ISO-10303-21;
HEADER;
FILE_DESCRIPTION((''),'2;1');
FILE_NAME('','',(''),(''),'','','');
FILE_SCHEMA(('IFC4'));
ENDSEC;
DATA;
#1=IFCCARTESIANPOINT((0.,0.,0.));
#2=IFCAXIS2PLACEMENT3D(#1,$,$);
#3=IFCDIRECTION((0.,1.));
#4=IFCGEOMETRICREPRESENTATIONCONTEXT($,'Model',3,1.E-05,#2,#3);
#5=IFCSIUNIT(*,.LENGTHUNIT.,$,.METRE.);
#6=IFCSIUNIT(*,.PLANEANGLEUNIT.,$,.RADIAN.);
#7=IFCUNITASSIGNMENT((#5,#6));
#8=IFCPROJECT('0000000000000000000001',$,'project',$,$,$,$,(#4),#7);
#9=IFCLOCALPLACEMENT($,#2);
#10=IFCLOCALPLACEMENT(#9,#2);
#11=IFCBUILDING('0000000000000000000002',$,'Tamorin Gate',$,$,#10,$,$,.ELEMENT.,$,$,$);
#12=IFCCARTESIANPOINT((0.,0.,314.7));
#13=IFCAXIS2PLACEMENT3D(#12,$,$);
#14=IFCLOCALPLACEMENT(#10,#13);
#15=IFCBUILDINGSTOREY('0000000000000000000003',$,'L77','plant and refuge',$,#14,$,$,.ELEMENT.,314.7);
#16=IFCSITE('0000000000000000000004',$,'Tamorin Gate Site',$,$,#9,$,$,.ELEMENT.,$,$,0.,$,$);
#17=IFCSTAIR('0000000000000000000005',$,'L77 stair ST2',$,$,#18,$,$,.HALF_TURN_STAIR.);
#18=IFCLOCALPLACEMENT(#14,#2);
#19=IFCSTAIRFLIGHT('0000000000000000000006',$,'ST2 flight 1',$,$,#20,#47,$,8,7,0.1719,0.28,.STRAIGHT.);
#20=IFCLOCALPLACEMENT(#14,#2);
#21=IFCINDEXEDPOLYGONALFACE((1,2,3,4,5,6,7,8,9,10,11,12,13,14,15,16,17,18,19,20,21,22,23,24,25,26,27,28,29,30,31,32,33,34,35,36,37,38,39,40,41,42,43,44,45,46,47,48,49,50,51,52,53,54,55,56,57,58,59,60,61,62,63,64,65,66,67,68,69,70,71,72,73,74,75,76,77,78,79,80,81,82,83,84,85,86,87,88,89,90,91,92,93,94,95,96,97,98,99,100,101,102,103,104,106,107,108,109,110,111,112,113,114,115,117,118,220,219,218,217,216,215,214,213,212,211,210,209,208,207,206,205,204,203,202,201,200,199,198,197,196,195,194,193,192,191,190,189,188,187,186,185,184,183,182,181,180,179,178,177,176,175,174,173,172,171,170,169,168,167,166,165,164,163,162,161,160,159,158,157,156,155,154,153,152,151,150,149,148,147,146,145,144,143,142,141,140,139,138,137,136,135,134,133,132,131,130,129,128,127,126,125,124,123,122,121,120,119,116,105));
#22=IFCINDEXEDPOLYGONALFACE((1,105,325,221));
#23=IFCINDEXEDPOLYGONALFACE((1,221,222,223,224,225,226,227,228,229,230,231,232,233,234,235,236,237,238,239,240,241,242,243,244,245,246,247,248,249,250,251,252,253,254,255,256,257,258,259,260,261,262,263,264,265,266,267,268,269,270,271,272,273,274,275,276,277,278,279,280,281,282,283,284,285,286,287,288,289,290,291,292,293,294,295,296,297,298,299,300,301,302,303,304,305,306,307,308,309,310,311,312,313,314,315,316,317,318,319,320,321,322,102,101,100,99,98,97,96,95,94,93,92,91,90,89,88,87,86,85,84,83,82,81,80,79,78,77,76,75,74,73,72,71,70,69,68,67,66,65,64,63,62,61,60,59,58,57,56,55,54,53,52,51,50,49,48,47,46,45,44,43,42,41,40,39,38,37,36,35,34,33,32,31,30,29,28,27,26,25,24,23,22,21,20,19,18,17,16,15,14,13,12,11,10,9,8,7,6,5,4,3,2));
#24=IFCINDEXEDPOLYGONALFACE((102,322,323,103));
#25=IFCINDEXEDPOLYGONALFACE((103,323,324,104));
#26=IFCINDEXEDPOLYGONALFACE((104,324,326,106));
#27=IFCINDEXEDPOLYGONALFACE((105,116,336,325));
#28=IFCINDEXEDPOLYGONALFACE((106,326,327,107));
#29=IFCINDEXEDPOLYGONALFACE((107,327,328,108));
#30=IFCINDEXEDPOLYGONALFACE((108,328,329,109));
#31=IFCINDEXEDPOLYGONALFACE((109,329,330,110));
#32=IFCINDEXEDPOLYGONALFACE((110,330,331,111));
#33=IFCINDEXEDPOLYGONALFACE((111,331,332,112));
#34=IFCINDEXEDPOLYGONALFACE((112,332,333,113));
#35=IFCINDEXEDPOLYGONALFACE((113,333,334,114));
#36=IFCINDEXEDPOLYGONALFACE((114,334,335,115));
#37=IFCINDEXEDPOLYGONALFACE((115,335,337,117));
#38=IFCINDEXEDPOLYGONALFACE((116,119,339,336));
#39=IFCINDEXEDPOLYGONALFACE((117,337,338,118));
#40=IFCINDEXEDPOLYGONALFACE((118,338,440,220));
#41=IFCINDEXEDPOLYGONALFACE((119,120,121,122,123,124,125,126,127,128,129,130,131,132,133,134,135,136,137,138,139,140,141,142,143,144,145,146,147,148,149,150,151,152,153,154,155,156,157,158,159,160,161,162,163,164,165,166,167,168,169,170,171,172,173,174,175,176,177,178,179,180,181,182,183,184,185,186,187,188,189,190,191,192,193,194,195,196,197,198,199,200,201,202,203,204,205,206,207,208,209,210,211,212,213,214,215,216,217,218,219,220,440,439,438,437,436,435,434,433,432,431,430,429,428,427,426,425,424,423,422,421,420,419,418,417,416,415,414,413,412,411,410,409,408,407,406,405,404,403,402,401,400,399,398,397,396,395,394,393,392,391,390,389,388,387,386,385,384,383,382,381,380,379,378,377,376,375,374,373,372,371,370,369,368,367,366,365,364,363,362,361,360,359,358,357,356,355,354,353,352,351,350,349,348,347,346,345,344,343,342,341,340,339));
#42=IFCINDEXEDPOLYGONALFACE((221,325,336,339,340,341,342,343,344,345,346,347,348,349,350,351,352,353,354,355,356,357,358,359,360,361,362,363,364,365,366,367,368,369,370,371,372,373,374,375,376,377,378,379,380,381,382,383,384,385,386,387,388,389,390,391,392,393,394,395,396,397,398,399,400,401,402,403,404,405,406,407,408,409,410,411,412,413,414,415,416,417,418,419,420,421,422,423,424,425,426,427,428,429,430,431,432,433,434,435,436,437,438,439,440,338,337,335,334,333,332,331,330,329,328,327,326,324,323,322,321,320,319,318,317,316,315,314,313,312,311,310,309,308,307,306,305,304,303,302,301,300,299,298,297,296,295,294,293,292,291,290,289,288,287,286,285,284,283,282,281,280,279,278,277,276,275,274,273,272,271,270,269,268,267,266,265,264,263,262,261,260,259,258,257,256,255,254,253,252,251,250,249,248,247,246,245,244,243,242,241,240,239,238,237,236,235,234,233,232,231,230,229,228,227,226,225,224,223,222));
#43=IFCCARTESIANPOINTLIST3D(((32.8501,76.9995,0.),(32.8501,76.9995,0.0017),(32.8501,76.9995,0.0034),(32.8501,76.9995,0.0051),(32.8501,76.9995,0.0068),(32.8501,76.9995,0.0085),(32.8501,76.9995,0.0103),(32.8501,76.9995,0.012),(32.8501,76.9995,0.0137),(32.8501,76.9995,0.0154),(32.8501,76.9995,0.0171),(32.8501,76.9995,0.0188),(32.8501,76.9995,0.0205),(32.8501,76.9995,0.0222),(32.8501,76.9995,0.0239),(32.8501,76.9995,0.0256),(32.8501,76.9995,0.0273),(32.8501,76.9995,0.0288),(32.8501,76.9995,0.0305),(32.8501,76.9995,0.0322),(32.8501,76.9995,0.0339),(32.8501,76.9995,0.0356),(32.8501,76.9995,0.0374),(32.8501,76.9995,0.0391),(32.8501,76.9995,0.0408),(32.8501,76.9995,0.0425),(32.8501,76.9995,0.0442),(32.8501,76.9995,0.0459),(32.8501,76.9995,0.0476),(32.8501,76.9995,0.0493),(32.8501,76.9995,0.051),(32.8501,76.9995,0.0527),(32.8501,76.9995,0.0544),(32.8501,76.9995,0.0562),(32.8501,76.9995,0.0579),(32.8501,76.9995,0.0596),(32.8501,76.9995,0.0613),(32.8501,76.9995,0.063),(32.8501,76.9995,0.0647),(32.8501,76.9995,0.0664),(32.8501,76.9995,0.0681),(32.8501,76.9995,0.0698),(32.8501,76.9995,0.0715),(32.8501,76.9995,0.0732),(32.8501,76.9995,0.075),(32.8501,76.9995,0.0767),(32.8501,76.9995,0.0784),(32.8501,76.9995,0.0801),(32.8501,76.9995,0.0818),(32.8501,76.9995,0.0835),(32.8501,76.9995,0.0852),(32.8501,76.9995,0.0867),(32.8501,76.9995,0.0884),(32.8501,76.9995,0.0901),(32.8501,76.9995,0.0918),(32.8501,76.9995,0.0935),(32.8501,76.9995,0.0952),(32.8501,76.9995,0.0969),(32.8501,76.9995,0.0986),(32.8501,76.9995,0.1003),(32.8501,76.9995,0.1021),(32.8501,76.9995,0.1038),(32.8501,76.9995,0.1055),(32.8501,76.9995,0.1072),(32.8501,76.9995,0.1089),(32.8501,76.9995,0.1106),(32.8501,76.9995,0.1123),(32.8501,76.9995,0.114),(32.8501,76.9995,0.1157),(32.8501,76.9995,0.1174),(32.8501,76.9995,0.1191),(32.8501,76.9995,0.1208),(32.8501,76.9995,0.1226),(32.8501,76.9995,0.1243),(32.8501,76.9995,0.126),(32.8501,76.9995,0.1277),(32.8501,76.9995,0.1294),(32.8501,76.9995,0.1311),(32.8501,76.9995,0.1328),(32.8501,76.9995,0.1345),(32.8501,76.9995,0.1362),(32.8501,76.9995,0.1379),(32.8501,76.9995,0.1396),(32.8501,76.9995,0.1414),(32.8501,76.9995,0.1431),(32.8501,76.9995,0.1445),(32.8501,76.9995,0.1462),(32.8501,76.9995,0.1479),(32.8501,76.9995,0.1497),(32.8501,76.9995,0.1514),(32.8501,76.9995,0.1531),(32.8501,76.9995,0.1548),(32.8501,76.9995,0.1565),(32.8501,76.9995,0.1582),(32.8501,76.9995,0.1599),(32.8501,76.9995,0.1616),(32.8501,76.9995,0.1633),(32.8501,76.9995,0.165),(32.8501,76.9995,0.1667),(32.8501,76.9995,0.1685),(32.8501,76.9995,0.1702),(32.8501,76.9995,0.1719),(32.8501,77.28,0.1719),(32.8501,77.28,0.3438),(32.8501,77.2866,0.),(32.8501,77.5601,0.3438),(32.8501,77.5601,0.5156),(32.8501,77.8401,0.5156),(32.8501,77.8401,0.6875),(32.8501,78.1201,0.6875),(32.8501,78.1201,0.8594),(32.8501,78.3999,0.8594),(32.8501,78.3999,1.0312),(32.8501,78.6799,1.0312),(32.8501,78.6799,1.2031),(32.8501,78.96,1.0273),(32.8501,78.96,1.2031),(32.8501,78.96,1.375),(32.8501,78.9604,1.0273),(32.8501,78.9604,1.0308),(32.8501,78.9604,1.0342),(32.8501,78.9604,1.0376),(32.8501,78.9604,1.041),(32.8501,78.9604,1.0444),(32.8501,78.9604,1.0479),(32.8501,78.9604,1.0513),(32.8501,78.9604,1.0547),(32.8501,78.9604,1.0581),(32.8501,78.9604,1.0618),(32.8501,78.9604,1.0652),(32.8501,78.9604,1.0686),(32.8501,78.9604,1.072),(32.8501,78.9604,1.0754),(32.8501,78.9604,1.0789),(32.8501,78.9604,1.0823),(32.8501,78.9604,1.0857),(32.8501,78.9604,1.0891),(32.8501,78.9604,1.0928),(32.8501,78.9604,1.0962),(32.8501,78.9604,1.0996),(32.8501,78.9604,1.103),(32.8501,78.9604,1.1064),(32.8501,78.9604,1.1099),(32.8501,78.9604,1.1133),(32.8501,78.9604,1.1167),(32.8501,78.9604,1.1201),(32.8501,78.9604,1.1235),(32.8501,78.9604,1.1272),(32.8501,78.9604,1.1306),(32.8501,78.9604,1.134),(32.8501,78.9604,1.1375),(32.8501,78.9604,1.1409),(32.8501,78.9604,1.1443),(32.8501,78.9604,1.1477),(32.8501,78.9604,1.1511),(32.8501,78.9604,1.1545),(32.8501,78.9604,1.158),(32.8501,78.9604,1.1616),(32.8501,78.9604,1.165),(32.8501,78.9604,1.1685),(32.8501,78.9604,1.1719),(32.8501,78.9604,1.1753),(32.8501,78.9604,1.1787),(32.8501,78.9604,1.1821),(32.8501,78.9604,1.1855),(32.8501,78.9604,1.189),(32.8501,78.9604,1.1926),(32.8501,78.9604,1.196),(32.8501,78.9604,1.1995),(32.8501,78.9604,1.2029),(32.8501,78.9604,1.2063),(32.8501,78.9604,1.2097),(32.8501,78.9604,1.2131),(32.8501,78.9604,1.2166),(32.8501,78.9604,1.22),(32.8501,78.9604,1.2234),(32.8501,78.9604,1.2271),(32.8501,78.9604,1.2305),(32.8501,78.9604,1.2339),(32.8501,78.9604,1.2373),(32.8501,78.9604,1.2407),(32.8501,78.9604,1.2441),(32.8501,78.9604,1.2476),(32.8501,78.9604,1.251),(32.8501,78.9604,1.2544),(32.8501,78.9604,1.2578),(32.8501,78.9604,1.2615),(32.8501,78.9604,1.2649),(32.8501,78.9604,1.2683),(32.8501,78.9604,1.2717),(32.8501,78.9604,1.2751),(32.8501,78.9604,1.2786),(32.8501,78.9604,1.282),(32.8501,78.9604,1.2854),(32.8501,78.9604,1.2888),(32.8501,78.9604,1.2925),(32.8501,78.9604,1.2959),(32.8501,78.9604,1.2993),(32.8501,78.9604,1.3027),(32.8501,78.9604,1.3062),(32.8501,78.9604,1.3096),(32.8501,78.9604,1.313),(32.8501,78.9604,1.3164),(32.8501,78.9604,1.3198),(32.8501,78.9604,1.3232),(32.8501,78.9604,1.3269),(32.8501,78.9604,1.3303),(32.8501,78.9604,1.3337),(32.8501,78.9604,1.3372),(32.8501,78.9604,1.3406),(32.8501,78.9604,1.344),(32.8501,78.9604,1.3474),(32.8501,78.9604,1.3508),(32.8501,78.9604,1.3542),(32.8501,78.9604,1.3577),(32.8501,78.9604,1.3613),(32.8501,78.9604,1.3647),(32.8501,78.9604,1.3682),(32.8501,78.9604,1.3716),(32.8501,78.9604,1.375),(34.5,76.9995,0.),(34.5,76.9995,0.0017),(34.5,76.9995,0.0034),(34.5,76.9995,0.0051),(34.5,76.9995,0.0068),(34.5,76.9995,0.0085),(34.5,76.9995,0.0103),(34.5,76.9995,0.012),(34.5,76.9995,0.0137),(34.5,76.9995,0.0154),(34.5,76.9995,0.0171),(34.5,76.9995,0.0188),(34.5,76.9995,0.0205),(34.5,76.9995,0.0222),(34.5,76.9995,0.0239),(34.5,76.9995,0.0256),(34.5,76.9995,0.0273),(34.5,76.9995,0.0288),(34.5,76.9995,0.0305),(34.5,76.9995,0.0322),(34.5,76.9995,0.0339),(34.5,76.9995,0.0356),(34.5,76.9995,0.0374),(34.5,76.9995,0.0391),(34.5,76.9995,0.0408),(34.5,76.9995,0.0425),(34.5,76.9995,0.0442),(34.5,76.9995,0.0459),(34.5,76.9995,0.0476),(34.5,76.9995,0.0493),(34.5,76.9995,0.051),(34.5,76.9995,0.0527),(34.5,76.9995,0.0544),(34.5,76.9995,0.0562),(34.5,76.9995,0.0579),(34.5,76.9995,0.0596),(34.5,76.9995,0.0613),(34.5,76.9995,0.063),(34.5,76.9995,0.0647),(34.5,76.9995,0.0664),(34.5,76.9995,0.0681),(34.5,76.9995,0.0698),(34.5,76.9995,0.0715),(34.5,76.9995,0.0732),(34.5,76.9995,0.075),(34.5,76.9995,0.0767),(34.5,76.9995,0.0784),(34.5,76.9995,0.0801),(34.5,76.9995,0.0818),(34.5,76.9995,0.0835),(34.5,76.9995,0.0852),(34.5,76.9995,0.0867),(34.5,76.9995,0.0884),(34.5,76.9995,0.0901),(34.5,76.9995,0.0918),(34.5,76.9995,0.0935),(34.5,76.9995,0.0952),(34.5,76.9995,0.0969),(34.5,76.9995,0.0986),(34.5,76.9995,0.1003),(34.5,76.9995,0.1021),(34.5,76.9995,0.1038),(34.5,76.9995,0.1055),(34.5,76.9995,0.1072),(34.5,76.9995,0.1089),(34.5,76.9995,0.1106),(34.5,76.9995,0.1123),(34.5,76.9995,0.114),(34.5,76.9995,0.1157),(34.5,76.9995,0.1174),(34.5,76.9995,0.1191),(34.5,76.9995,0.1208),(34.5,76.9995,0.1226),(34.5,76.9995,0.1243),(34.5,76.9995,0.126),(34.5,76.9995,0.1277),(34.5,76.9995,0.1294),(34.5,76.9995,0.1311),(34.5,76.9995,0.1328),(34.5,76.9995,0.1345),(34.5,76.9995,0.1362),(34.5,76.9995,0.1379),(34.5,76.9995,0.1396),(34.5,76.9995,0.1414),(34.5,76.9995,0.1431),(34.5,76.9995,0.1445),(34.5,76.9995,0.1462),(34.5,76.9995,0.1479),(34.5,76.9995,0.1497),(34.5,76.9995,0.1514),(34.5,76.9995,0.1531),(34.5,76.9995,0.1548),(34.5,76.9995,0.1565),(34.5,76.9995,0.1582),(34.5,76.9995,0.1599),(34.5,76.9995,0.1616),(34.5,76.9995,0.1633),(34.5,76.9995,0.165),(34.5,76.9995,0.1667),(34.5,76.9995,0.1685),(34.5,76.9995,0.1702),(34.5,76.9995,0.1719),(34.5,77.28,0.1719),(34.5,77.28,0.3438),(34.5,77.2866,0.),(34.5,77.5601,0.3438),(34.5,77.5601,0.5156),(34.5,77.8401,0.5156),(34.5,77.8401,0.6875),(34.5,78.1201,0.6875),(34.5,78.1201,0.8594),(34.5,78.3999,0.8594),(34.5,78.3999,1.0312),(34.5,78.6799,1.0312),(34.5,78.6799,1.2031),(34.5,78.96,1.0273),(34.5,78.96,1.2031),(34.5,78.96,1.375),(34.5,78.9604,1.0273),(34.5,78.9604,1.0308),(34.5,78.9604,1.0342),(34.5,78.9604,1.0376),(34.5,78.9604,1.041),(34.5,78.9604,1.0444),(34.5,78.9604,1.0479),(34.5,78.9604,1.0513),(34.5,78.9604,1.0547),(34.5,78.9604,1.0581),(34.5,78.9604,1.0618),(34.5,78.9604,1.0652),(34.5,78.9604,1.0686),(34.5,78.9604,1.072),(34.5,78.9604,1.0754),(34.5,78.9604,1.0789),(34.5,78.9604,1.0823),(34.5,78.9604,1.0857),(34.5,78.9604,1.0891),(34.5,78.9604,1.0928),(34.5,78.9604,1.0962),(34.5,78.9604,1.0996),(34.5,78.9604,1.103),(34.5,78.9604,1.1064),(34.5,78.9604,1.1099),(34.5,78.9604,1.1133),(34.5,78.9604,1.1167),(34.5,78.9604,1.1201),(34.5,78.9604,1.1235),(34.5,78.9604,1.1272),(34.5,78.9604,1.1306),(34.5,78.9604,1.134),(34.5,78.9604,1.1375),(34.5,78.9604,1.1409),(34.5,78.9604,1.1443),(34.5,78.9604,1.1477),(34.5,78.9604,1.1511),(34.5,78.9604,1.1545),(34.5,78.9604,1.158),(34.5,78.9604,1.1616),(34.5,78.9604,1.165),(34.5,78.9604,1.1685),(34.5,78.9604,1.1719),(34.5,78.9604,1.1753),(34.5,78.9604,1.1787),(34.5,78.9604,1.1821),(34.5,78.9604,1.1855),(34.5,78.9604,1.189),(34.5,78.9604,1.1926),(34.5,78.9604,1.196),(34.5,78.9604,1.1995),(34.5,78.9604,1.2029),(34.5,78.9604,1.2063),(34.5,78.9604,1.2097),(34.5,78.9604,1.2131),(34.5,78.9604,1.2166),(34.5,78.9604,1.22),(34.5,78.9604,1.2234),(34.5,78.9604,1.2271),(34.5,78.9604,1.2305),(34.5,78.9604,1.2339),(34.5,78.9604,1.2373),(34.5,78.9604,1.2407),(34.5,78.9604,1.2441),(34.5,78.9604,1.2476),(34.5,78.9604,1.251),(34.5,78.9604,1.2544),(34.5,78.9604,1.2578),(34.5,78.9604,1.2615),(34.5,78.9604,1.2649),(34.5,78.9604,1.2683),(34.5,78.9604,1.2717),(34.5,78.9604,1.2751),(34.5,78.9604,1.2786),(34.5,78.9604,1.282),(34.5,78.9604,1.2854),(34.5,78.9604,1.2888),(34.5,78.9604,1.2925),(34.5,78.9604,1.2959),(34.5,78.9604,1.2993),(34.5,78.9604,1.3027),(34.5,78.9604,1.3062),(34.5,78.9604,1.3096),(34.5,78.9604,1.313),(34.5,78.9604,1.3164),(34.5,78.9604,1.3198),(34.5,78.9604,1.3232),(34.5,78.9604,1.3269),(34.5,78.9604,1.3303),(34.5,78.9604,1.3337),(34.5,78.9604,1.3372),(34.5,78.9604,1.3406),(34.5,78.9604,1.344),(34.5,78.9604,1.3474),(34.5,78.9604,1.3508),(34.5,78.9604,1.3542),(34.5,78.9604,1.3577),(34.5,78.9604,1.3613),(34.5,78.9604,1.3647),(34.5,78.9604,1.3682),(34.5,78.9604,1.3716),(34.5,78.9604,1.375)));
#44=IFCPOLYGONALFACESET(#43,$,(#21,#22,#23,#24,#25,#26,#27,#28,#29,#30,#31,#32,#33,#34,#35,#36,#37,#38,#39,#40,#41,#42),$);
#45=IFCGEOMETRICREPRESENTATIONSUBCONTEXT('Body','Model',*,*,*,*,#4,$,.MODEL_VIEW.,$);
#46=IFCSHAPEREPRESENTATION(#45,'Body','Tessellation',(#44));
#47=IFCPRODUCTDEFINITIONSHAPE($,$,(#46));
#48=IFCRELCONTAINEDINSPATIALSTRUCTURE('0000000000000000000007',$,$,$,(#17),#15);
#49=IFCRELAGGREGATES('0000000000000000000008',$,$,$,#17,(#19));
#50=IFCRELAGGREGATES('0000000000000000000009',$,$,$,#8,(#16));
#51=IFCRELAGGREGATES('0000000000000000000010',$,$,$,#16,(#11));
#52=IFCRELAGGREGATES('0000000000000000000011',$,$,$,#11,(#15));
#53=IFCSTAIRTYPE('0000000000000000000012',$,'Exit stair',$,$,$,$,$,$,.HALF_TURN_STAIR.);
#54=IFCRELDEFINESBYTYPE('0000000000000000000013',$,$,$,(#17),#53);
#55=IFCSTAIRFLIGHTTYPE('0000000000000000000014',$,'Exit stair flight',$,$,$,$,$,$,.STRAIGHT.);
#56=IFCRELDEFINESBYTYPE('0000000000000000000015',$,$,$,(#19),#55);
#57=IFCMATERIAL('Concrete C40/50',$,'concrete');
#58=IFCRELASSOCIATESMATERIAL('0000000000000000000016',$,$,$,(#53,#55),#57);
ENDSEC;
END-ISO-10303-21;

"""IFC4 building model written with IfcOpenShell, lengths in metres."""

from ifc_helpers import new_model, si_unit, direction, frame, origin, place, context, subcontext, project, spatial, polyline, outline, extrude, material, type_object, element, aggregate, save


model = new_model("IFC4")

# Units and contexts
model_context = context("Model", 3, precision=1e-05, world=origin(), true_north=direction((0.0, 1.0)))
body_context = subcontext(model_context, "Body", "Model", "MODEL_VIEW")
ifc_project = project(units=[si_unit("LENGTHUNIT", "METRE"), si_unit("PLANEANGLEUNIT", "RADIAN")], contexts=[model_context])

# Site, building, storey
site_placement = place(None, origin())
site = spatial("IfcSite", under=ifc_project, at=site_placement, Name="Tamorin Gate Site", CompositionType="ELEMENT", RefElevation=0.0)
building_placement = place(site_placement, origin())
building = spatial("IfcBuilding", under=site, at=building_placement, Name="Tamorin Gate", CompositionType="ELEMENT")
storey_placement = place(building_placement, frame((0.0, 0.0, 314.7)))
storey = spatial("IfcBuildingStorey", under=building, at=storey_placement, Name="L77", Description="plant and refuge", CompositionType="ELEMENT", Elevation=314.7)

# Shared definitions
ifc_material_1 = material(Name="Concrete C40/50", Category="concrete")

# Stair, stair flight
stair_type = type_object("IfcStairType", Name="Exit stair", PredefinedType="HALF_TURN_STAIR", material=ifc_material_1)
stair_placement = place(storey_placement, origin())
stair = element("IfcStair", 1, at=stair_placement, inside=storey, type_object=stair_type, Name="L77 stair ST2", PredefinedType="HALF_TURN_STAIR")
stair_flight_type = type_object("IfcStairFlightType", Name="Exit stair flight", PredefinedType="STRAIGHT", material=ifc_material_1)
stair_flight_1_placement = place(storey_placement, frame((33.675, 77.0, 0.0), z_axis=(0.0, 0.0, 1.0), x_axis=(0.0, 1.0, 0.0)))
stair_flight_1 = element("IfcStairFlight", 2, at=stair_flight_1_placement, type_object=stair_flight_type, Name="ST2 flight 1", NumberOfRisers=8, NumberOfTreads=7, PredefinedType="STRAIGHT", RiserHeight=0.1719, TreadLength=0.28, context=body_context, shape_type="SweptSolid", body=[
    extrude(outline(polyline([(-0.0005, 0.0), (-0.0005, 0.0017), (-0.0005, 0.0034), (-0.0005, 0.0051), (-0.0005, 0.0068), (-0.0005, 0.0085), (-0.0005, 0.0103), (-0.0005, 0.012), (-0.0005, 0.0137), (-0.0005, 0.0154), (-0.0005, 0.0171), (-0.0005, 0.0188), (-0.0005, 0.0205), (-0.0005, 0.0222), (-0.0005, 0.0239), (-0.0005, 0.0256), (-0.0005, 0.0273), (-0.0005, 0.0288), (-0.0005, 0.0305), (-0.0005, 0.0322), (-0.0005, 0.0339), (-0.0005, 0.0356), (-0.0005, 0.0374), (-0.0005, 0.0391), (-0.0005, 0.0408), (-0.0005, 0.0425), (-0.0005, 0.0442), (-0.0005, 0.0459), (-0.0005, 0.0476), (-0.0005, 0.0493), (-0.0005, 0.051), (-0.0005, 0.0527), (-0.0005, 0.0544), (-0.0005, 0.0562), (-0.0005, 0.0579), (-0.0005, 0.0596), (-0.0005, 0.0613), (-0.0005, 0.063), (-0.0005, 0.0647), (-0.0005, 0.0664), (-0.0005, 0.0681), (-0.0005, 0.0698), (-0.0005, 0.0715), (-0.0005, 0.0732), (-0.0005, 0.075), (-0.0005, 0.0767), (-0.0005, 0.0784), (-0.0005, 0.0801), (-0.0005, 0.0818), (-0.0005, 0.0835), (-0.0005, 0.0852), (-0.0005, 0.0867), (-0.0005, 0.0884), (-0.0005, 0.0901), (-0.0005, 0.0918), (-0.0005, 0.0935), (-0.0005, 0.0952), (-0.0005, 0.0969), (-0.0005, 0.0986), (-0.0005, 0.1003), (-0.0005, 0.1021), (-0.0005, 0.1038), (-0.0005, 0.1055), (-0.0005, 0.1072), (-0.0005, 0.1089), (-0.0005, 0.1106), (-0.0005, 0.1123), (-0.0005, 0.114), (-0.0005, 0.1157), (-0.0005, 0.1174), (-0.0005, 0.1191), (-0.0005, 0.1208), (-0.0005, 0.1226), (-0.0005, 0.1243), (-0.0005, 0.126), (-0.0005, 0.1277), (-0.0005, 0.1294), (-0.0005, 0.1311), (-0.0005, 0.1328), (-0.0005, 0.1345), (-0.0005, 0.1362), (-0.0005, 0.1379), (-0.0005, 0.1396), (-0.0005, 0.1414), (-0.0005, 0.1431), (-0.0005, 0.1445), (-0.0005, 0.1462), (-0.0005, 0.1479), (-0.0005, 0.1497), (-0.0005, 0.1514), (-0.0005, 0.1531), (-0.0005, 0.1548), (-0.0005, 0.1565), (-0.0005, 0.1582), (-0.0005, 0.1599), (-0.0005, 0.1616), (-0.0005, 0.1633), (-0.0005, 0.165), (-0.0005, 0.1667), (-0.0005, 0.1685), (-0.0005, 0.1702), (-0.0005, 0.1719), (0.28, 0.1719), (0.28, 0.3438), (0.5601, 0.3438), (0.5601, 0.5156), (0.8401, 0.5156), (0.8401, 0.6875), (1.1201, 0.6875), (1.1201, 0.8594), (1.3999, 0.8594), (1.3999, 1.0312), (1.6799, 1.0312), (1.6799, 1.2031), (1.96, 1.2031), (1.96, 1.375), (1.9604, 1.375), (1.9604, 1.3716), (1.9604, 1.3682), (1.9604, 1.3647), (1.9604, 1.3613), (1.9604, 1.3577), (1.9604, 1.3542), (1.9604, 1.3508), (1.9604, 1.3474), (1.9604, 1.344), (1.9604, 1.3406), (1.9604, 1.3372), (1.9604, 1.3337), (1.9604, 1.3303), (1.9604, 1.3269), (1.9604, 1.3232), (1.9604, 1.3198), (1.9604, 1.3164), (1.9604, 1.313), (1.9604, 1.3096), (1.9604, 1.3062), (1.9604, 1.3027), (1.9604, 1.2993), (1.9604, 1.2959), (1.9604, 1.2925), (1.9604, 1.2888), (1.9604, 1.2854), (1.9604, 1.282), (1.9604, 1.2786), (1.9604, 1.2751), (1.9604, 1.2717), (1.9604, 1.2683), (1.9604, 1.2649), (1.9604, 1.2615), (1.9604, 1.2578), (1.9604, 1.2544), (1.9604, 1.251), (1.9604, 1.2476), (1.9604, 1.2441), (1.9604, 1.2407), (1.9604, 1.2373), (1.9604, 1.2339), (1.9604, 1.2305), (1.9604, 1.2271), (1.9604, 1.2234), (1.9604, 1.22), (1.9604, 1.2166), (1.9604, 1.2131), (1.9604, 1.2097), (1.9604, 1.2063), (1.9604, 1.2029), (1.9604, 1.1995), (1.9604, 1.196), (1.9604, 1.1926), (1.9604, 1.189), (1.9604, 1.1855), (1.9604, 1.1821), (1.9604, 1.1787), (1.9604, 1.1753), (1.9604, 1.1719), (1.9604, 1.1685), (1.9604, 1.165), (1.9604, 1.1616), (1.9604, 1.158), (1.9604, 1.1545), (1.9604, 1.1511), (1.9604, 1.1477), (1.9604, 1.1443), (1.9604, 1.1409), (1.9604, 1.1375), (1.9604, 1.134), (1.9604, 1.1306), (1.9604, 1.1272), (1.9604, 1.1235), (1.9604, 1.1201), (1.9604, 1.1167), (1.9604, 1.1133), (1.9604, 1.1099), (1.9604, 1.1064), (1.9604, 1.103), (1.9604, 1.0996), (1.9604, 1.0962), (1.9604, 1.0928), (1.9604, 1.0891), (1.9604, 1.0857), (1.9604, 1.0823), (1.9604, 1.0789), (1.9604, 1.0754), (1.9604, 1.072), (1.9604, 1.0686), (1.9604, 1.0652), (1.9604, 1.0618), (1.9604, 1.0581), (1.9604, 1.0547), (1.9604, 1.0513), (1.9604, 1.0479), (1.9604, 1.0444), (1.9604, 1.041), (1.9604, 1.0376), (1.9604, 1.0342), (1.9604, 1.0308), (1.9604, 1.0273), (1.96, 1.0273), (0.2866, 0.0), (-0.0005, 0.0)])), frame((0.0, 0.825, 0.0), z_axis=(0.0, -1.0, 0.0), x_axis=(1.0, 0.0, 0.0)), (0.0, 0.0, 1.0), 1.6499),
])
aggregate(stair, [stair_flight_1])

save(model, "model.ifc")
